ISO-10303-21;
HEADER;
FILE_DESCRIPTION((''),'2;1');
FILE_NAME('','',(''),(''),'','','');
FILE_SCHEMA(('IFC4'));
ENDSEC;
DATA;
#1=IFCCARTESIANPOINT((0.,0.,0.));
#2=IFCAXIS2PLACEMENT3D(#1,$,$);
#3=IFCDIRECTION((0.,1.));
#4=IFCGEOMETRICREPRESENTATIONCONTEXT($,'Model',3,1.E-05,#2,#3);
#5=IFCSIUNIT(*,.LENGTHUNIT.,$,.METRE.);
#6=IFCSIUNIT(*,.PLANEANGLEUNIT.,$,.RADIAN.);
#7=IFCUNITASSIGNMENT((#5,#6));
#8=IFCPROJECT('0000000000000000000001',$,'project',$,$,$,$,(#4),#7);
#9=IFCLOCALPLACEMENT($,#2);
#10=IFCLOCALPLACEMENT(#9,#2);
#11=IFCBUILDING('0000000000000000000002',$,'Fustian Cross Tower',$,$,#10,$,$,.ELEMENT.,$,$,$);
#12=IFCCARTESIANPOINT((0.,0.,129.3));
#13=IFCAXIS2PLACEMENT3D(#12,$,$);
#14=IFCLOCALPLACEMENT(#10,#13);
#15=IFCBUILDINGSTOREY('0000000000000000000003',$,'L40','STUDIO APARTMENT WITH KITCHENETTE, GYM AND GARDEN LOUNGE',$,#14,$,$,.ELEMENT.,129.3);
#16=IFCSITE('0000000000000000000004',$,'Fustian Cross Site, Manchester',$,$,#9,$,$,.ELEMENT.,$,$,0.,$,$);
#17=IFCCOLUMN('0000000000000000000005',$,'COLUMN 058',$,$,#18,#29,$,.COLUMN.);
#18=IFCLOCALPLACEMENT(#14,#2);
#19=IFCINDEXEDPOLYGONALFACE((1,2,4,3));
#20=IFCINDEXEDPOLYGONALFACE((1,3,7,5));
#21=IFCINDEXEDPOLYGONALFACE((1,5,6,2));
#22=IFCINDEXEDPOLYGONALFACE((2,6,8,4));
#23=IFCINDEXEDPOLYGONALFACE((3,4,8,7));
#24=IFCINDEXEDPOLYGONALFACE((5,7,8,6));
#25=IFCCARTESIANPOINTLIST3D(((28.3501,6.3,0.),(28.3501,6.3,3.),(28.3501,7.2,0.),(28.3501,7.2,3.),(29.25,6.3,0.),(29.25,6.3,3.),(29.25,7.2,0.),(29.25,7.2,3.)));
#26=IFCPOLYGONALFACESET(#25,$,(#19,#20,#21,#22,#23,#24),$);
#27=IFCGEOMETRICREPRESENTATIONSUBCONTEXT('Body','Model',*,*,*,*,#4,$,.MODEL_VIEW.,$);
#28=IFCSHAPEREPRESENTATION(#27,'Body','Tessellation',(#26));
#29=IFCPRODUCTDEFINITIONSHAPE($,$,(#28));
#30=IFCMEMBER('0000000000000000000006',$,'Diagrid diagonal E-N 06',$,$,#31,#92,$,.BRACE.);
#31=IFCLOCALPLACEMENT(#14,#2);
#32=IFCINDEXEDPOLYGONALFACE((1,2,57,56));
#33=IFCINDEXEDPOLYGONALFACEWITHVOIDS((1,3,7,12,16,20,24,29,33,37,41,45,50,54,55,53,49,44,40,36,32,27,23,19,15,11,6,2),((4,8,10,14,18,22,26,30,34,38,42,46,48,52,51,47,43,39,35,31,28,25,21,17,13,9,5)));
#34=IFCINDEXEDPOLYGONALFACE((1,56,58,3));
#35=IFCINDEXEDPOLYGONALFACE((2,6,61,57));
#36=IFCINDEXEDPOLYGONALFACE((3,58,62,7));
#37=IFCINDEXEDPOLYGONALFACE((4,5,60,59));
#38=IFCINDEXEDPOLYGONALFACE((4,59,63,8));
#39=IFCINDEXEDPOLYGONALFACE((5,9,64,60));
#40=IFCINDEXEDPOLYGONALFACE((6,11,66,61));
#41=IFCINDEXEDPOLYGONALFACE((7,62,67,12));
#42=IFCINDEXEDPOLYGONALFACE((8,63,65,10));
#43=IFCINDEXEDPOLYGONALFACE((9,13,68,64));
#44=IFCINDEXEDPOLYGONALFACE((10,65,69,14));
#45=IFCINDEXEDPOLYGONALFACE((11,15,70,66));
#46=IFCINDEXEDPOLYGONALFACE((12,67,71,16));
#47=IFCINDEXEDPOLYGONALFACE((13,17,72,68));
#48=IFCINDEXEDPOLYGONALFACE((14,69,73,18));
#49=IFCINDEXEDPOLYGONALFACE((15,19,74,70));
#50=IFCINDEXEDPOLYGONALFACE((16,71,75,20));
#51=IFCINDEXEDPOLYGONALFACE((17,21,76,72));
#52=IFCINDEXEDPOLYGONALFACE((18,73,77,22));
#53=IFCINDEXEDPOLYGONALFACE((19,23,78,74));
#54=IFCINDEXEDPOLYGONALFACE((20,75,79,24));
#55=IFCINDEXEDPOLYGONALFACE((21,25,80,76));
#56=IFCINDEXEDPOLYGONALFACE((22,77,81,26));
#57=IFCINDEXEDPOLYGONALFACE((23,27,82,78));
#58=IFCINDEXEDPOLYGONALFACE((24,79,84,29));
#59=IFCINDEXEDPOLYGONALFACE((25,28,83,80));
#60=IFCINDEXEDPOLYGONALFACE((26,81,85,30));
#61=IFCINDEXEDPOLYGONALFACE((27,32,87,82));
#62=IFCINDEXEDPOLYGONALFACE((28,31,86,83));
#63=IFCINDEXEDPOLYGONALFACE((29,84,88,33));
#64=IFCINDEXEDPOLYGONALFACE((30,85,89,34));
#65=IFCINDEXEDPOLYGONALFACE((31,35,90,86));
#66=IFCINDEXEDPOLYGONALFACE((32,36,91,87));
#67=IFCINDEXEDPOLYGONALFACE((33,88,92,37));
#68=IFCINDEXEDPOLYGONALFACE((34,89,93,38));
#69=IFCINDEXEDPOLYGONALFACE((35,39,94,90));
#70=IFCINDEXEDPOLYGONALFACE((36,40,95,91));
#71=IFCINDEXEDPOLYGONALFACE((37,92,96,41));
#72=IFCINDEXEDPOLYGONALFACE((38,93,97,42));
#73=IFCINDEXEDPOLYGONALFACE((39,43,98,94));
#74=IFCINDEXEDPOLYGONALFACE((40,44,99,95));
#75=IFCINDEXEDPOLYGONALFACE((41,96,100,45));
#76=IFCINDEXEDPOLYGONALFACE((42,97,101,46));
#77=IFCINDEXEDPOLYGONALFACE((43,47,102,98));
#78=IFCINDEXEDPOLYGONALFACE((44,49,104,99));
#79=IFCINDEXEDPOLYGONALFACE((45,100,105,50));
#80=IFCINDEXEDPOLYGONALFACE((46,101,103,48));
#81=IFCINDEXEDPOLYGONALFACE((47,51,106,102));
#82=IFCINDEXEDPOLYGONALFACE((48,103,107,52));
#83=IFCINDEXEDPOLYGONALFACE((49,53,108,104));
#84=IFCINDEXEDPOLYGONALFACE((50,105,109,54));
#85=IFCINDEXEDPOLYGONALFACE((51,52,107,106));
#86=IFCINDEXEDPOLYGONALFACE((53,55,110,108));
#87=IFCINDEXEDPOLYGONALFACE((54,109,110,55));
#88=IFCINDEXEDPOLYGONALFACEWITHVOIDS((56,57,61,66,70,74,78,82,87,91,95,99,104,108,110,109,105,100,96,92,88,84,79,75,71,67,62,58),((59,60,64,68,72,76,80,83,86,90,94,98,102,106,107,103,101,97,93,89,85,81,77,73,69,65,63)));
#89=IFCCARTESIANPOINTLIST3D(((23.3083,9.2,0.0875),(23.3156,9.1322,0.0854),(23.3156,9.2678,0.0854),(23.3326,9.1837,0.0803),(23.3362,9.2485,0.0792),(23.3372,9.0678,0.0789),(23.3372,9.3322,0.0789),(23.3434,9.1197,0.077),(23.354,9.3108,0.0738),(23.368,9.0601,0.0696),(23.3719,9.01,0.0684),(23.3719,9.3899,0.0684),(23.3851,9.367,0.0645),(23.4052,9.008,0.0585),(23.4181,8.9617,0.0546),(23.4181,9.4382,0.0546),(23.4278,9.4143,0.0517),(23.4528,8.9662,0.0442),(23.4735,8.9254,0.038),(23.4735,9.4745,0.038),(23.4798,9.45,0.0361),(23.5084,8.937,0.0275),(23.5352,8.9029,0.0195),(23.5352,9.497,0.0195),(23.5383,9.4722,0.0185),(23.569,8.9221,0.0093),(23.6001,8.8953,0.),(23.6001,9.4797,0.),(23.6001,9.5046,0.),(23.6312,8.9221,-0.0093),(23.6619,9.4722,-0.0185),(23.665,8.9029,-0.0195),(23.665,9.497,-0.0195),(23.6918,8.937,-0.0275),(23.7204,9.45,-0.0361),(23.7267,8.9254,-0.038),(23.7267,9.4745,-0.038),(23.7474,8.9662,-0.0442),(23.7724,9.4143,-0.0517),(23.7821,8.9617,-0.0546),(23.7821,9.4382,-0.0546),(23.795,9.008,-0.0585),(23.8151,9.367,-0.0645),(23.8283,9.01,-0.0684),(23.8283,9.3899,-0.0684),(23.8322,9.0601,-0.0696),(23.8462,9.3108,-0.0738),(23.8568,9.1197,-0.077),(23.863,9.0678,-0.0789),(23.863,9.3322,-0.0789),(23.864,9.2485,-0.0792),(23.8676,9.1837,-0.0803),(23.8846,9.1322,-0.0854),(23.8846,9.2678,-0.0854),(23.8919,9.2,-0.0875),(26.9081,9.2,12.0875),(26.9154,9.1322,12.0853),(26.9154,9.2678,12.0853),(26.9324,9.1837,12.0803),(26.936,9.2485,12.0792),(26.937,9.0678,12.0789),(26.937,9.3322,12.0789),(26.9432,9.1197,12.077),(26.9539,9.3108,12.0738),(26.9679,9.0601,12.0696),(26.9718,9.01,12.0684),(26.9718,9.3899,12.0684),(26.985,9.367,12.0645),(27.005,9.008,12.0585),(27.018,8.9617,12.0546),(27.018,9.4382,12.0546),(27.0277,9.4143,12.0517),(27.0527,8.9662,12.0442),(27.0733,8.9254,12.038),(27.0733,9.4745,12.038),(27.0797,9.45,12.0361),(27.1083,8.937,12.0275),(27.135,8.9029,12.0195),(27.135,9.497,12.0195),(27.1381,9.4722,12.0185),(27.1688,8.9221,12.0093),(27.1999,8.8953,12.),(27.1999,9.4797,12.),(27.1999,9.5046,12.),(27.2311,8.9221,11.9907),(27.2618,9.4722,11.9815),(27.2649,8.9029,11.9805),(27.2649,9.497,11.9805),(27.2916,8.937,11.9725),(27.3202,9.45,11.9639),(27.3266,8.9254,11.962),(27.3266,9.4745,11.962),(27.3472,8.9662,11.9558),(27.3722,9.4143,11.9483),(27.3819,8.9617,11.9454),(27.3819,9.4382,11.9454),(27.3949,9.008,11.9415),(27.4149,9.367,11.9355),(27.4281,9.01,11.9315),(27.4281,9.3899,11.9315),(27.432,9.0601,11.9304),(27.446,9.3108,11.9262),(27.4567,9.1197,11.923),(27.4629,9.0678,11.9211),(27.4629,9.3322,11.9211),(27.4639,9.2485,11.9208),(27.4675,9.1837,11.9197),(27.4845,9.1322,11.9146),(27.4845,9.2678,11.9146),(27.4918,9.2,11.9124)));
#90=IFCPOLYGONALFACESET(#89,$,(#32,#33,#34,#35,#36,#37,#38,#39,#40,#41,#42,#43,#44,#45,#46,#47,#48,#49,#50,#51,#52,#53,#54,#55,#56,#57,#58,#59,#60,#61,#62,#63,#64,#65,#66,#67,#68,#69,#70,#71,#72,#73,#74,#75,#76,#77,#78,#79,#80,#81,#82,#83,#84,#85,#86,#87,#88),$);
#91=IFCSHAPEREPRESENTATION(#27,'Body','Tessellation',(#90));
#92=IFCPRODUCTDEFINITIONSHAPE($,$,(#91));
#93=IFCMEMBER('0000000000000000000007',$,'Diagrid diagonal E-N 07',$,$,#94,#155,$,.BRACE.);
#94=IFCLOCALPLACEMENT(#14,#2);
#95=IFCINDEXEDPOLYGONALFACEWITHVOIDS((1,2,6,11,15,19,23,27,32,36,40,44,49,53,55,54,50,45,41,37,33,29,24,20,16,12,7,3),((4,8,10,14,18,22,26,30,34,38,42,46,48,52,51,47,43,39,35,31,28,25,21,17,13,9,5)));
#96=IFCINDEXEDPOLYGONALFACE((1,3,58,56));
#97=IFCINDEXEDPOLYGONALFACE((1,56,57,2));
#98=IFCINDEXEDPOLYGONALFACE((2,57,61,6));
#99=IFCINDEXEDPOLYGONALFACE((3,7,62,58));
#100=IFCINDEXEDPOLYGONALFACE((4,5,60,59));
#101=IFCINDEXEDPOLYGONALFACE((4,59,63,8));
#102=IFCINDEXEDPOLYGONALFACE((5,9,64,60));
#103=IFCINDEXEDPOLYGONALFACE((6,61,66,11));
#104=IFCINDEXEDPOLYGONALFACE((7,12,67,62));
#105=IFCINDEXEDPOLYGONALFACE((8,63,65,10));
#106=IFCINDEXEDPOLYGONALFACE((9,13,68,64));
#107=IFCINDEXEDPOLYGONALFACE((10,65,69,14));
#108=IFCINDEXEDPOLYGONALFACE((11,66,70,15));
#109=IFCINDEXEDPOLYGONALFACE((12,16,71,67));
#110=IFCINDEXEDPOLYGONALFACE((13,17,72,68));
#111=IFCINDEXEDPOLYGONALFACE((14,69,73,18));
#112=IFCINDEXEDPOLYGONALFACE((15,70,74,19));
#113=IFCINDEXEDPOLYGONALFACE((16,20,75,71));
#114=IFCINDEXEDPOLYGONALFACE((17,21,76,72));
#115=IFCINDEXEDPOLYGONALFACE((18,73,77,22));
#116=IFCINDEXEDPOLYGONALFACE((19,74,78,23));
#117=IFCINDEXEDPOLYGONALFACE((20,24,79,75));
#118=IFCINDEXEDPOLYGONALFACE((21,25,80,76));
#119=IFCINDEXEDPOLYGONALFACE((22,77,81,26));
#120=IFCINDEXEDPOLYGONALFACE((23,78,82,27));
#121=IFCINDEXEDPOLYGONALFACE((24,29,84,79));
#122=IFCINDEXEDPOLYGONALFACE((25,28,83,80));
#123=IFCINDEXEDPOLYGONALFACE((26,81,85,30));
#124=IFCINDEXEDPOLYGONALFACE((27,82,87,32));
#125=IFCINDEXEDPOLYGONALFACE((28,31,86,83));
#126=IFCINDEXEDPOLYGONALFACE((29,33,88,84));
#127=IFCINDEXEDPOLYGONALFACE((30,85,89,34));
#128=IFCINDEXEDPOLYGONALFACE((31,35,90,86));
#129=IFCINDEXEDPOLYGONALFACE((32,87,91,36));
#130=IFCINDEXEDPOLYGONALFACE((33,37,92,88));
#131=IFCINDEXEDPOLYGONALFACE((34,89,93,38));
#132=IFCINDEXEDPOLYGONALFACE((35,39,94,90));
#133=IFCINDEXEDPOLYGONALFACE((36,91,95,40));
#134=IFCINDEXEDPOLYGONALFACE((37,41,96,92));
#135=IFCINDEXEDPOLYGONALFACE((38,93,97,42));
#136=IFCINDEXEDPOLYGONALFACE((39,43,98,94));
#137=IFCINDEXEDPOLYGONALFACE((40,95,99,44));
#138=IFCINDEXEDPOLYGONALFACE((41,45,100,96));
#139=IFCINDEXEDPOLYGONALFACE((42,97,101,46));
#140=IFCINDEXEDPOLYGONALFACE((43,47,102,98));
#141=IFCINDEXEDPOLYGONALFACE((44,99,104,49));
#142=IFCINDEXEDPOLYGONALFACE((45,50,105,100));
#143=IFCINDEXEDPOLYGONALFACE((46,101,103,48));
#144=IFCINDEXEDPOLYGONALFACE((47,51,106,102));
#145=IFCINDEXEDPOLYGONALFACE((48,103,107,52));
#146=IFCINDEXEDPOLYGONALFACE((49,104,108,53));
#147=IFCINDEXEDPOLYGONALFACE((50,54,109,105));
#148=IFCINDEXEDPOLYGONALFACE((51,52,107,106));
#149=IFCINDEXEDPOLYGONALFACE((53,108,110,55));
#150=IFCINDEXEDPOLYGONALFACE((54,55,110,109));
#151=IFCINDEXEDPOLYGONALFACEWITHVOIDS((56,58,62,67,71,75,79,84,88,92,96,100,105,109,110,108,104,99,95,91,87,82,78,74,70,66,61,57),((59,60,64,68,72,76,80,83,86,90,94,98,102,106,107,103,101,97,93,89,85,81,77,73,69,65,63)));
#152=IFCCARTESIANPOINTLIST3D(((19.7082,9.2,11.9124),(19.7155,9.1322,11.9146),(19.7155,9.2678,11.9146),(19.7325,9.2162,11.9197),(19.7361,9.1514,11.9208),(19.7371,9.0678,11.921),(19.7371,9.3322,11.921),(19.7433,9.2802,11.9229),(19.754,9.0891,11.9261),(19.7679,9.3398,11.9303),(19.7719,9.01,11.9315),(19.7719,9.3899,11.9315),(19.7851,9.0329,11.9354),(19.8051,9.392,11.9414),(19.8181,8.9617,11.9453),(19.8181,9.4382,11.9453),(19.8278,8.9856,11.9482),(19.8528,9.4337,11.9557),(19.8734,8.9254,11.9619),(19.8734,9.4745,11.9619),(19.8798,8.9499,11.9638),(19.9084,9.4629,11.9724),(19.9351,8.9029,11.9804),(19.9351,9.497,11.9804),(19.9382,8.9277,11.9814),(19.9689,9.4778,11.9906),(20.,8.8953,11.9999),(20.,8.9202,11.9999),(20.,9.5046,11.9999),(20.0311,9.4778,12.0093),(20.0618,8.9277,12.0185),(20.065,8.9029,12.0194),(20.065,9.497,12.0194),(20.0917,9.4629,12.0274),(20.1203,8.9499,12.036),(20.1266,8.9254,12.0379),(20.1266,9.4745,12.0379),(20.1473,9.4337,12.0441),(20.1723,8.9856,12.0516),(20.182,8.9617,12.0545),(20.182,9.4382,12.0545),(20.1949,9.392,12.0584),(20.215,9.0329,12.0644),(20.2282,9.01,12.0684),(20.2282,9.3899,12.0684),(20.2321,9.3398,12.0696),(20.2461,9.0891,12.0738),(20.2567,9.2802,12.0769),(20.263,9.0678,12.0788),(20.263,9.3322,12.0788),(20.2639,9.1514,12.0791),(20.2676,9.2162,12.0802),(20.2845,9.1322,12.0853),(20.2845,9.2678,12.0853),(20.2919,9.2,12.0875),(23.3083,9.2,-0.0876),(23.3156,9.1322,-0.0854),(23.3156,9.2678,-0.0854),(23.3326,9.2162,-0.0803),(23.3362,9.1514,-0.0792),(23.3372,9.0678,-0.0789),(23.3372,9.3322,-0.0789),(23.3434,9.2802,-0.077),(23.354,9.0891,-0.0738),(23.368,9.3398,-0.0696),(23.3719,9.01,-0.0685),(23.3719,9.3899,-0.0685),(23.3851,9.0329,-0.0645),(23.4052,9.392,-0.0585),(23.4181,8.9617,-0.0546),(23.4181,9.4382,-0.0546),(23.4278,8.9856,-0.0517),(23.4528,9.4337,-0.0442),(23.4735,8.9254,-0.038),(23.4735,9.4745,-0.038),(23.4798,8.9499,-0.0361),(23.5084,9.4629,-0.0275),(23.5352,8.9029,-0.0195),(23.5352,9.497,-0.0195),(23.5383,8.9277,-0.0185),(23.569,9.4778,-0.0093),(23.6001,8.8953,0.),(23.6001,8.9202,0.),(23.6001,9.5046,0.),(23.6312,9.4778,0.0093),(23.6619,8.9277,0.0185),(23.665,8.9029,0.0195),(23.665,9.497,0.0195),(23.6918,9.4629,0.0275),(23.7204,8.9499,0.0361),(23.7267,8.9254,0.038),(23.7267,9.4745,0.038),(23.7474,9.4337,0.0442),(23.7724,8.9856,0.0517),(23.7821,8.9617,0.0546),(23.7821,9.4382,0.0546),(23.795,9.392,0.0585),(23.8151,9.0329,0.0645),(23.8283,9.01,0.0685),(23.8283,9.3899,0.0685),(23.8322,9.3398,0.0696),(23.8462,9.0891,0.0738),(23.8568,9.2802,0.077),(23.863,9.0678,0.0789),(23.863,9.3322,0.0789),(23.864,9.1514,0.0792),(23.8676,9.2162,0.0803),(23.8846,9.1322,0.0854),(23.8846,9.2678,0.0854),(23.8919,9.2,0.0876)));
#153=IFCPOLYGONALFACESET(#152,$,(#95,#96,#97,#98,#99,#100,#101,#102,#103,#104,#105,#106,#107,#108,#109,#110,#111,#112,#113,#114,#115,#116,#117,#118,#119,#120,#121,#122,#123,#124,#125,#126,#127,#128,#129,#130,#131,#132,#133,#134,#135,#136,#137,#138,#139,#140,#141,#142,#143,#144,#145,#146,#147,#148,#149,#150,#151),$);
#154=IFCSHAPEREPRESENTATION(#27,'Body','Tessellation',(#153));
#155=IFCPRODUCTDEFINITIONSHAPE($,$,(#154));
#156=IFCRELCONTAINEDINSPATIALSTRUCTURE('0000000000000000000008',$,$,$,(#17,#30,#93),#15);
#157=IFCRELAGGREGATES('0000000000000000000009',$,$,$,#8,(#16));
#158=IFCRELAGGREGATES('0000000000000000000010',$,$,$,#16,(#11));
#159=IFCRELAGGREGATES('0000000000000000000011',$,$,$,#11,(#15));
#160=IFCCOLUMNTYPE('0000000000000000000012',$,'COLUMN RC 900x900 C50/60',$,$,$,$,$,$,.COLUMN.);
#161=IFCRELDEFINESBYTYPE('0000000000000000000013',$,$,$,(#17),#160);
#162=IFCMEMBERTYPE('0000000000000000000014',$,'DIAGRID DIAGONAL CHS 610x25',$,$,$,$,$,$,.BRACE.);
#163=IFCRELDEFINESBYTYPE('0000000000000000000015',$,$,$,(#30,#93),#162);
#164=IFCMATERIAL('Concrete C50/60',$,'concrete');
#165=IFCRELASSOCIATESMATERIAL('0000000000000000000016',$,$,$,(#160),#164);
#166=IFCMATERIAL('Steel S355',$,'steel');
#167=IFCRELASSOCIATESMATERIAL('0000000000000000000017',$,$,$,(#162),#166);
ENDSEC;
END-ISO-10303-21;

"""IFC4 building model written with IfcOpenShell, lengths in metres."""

from ifc_helpers import new_model, si_unit, direction, frame, origin, origin_2d, place, context, subcontext, project, spatial, rectangle, hollow_circle, extrude, material, material_profile, profile_set, type_object, element, save


model = new_model("IFC4")

# Units and contexts
model_context = context("Model", 3, precision=1e-05, world=origin(), true_north=direction((0.0, 1.0)))
body_context = subcontext(model_context, "Body", "Model", "MODEL_VIEW")
ifc_project = project(units=[si_unit("LENGTHUNIT", "METRE"), si_unit("PLANEANGLEUNIT", "RADIAN")], contexts=[model_context])

# Site, building, storey
site_placement = place(None, origin())
site = spatial("IfcSite", under=ifc_project, at=site_placement, Name="Fustian Cross Site, Manchester", CompositionType="ELEMENT", RefElevation=0.0)
building_placement = place(site_placement, origin())
building = spatial("IfcBuilding", under=site, at=building_placement, Name="Fustian Cross Tower", CompositionType="ELEMENT")
storey_placement = place(building_placement, frame((0.0, 0.0, 129.3)))
storey = spatial("IfcBuildingStorey", under=building, at=storey_placement, Name="L40", Description="STUDIO APARTMENT WITH KITCHENETTE, GYM AND GARDEN LOUNGE", CompositionType="ELEMENT", Elevation=129.3)

# Column
ifc_material_1 = material(Name="Concrete C50/60", Category="concrete")
ifc_material_profile_1 = material_profile(ifc_material_1, rectangle(XDim=0.8999, YDim=0.8999, at=origin_2d()), Name="RC 900x900")
ifc_profile_set_1 = profile_set([ifc_material_profile_1], Name="Concrete C50/60")
column_type = type_object("IfcColumnType", Name="COLUMN RC 900x900 C50/60", PredefinedType="COLUMN", material=ifc_profile_set_1)
column_placement = place(storey_placement, frame((28.8, 6.75, 0.0), z_axis=(0.0, 0.0, 1.0), x_axis=(1.0, 0.0, 0.0)))
element("IfcColumn", 1, at=column_placement, inside=storey, type_object=column_type, Name="COLUMN 058", PredefinedType="COLUMN", context=body_context, shape_type="SweptSolid", body=[
    extrude(rectangle(XDim=0.8999, YDim=0.8999, at=origin_2d()), origin(), (0.0, 0.0, 1.0), 3.0),
])

# Members
ifc_material_2 = material(Name="Steel S355", Category="steel")
ifc_material_profile_2 = material_profile(ifc_material_2, hollow_circle(Radius=0.3047, WallThickness=0.0249, at=origin_2d()), Name="CHS 610x25")
ifc_profile_set_2 = profile_set([ifc_material_profile_2], Name="Steel S355")
member_type_1 = type_object("IfcMemberType", Name="DIAGRID DIAGONAL CHS 610x25", PredefinedType="BRACE", material=ifc_profile_set_2)
for number, where, z_axis, x_axis, name in (
    (2, (23.6001, 9.2, 0.0), (0.287337, 0.0, 0.95783), (0.0, 1.0, 0.0), "Diagrid diagonal E-N 06"),
    (3, (23.6001, 9.2, 0.0), (-0.287355, 0.0, 0.957824), (0.0, -1.0, 0.0), "Diagrid diagonal E-N 07"),
):
    element("IfcMember", number, at=place(storey_placement, frame(where, z_axis=z_axis, x_axis=x_axis)), inside=storey, type_object=member_type_1, Name=name, PredefinedType="BRACE", context=body_context, shape_type="SweptSolid", body=[
        extrude(hollow_circle(Radius=0.3047, WallThickness=0.0249, at=origin_2d()), origin(), (0.0, 0.0, 1.0), 12.5283),
    ])

save(model, "model.ifc")
